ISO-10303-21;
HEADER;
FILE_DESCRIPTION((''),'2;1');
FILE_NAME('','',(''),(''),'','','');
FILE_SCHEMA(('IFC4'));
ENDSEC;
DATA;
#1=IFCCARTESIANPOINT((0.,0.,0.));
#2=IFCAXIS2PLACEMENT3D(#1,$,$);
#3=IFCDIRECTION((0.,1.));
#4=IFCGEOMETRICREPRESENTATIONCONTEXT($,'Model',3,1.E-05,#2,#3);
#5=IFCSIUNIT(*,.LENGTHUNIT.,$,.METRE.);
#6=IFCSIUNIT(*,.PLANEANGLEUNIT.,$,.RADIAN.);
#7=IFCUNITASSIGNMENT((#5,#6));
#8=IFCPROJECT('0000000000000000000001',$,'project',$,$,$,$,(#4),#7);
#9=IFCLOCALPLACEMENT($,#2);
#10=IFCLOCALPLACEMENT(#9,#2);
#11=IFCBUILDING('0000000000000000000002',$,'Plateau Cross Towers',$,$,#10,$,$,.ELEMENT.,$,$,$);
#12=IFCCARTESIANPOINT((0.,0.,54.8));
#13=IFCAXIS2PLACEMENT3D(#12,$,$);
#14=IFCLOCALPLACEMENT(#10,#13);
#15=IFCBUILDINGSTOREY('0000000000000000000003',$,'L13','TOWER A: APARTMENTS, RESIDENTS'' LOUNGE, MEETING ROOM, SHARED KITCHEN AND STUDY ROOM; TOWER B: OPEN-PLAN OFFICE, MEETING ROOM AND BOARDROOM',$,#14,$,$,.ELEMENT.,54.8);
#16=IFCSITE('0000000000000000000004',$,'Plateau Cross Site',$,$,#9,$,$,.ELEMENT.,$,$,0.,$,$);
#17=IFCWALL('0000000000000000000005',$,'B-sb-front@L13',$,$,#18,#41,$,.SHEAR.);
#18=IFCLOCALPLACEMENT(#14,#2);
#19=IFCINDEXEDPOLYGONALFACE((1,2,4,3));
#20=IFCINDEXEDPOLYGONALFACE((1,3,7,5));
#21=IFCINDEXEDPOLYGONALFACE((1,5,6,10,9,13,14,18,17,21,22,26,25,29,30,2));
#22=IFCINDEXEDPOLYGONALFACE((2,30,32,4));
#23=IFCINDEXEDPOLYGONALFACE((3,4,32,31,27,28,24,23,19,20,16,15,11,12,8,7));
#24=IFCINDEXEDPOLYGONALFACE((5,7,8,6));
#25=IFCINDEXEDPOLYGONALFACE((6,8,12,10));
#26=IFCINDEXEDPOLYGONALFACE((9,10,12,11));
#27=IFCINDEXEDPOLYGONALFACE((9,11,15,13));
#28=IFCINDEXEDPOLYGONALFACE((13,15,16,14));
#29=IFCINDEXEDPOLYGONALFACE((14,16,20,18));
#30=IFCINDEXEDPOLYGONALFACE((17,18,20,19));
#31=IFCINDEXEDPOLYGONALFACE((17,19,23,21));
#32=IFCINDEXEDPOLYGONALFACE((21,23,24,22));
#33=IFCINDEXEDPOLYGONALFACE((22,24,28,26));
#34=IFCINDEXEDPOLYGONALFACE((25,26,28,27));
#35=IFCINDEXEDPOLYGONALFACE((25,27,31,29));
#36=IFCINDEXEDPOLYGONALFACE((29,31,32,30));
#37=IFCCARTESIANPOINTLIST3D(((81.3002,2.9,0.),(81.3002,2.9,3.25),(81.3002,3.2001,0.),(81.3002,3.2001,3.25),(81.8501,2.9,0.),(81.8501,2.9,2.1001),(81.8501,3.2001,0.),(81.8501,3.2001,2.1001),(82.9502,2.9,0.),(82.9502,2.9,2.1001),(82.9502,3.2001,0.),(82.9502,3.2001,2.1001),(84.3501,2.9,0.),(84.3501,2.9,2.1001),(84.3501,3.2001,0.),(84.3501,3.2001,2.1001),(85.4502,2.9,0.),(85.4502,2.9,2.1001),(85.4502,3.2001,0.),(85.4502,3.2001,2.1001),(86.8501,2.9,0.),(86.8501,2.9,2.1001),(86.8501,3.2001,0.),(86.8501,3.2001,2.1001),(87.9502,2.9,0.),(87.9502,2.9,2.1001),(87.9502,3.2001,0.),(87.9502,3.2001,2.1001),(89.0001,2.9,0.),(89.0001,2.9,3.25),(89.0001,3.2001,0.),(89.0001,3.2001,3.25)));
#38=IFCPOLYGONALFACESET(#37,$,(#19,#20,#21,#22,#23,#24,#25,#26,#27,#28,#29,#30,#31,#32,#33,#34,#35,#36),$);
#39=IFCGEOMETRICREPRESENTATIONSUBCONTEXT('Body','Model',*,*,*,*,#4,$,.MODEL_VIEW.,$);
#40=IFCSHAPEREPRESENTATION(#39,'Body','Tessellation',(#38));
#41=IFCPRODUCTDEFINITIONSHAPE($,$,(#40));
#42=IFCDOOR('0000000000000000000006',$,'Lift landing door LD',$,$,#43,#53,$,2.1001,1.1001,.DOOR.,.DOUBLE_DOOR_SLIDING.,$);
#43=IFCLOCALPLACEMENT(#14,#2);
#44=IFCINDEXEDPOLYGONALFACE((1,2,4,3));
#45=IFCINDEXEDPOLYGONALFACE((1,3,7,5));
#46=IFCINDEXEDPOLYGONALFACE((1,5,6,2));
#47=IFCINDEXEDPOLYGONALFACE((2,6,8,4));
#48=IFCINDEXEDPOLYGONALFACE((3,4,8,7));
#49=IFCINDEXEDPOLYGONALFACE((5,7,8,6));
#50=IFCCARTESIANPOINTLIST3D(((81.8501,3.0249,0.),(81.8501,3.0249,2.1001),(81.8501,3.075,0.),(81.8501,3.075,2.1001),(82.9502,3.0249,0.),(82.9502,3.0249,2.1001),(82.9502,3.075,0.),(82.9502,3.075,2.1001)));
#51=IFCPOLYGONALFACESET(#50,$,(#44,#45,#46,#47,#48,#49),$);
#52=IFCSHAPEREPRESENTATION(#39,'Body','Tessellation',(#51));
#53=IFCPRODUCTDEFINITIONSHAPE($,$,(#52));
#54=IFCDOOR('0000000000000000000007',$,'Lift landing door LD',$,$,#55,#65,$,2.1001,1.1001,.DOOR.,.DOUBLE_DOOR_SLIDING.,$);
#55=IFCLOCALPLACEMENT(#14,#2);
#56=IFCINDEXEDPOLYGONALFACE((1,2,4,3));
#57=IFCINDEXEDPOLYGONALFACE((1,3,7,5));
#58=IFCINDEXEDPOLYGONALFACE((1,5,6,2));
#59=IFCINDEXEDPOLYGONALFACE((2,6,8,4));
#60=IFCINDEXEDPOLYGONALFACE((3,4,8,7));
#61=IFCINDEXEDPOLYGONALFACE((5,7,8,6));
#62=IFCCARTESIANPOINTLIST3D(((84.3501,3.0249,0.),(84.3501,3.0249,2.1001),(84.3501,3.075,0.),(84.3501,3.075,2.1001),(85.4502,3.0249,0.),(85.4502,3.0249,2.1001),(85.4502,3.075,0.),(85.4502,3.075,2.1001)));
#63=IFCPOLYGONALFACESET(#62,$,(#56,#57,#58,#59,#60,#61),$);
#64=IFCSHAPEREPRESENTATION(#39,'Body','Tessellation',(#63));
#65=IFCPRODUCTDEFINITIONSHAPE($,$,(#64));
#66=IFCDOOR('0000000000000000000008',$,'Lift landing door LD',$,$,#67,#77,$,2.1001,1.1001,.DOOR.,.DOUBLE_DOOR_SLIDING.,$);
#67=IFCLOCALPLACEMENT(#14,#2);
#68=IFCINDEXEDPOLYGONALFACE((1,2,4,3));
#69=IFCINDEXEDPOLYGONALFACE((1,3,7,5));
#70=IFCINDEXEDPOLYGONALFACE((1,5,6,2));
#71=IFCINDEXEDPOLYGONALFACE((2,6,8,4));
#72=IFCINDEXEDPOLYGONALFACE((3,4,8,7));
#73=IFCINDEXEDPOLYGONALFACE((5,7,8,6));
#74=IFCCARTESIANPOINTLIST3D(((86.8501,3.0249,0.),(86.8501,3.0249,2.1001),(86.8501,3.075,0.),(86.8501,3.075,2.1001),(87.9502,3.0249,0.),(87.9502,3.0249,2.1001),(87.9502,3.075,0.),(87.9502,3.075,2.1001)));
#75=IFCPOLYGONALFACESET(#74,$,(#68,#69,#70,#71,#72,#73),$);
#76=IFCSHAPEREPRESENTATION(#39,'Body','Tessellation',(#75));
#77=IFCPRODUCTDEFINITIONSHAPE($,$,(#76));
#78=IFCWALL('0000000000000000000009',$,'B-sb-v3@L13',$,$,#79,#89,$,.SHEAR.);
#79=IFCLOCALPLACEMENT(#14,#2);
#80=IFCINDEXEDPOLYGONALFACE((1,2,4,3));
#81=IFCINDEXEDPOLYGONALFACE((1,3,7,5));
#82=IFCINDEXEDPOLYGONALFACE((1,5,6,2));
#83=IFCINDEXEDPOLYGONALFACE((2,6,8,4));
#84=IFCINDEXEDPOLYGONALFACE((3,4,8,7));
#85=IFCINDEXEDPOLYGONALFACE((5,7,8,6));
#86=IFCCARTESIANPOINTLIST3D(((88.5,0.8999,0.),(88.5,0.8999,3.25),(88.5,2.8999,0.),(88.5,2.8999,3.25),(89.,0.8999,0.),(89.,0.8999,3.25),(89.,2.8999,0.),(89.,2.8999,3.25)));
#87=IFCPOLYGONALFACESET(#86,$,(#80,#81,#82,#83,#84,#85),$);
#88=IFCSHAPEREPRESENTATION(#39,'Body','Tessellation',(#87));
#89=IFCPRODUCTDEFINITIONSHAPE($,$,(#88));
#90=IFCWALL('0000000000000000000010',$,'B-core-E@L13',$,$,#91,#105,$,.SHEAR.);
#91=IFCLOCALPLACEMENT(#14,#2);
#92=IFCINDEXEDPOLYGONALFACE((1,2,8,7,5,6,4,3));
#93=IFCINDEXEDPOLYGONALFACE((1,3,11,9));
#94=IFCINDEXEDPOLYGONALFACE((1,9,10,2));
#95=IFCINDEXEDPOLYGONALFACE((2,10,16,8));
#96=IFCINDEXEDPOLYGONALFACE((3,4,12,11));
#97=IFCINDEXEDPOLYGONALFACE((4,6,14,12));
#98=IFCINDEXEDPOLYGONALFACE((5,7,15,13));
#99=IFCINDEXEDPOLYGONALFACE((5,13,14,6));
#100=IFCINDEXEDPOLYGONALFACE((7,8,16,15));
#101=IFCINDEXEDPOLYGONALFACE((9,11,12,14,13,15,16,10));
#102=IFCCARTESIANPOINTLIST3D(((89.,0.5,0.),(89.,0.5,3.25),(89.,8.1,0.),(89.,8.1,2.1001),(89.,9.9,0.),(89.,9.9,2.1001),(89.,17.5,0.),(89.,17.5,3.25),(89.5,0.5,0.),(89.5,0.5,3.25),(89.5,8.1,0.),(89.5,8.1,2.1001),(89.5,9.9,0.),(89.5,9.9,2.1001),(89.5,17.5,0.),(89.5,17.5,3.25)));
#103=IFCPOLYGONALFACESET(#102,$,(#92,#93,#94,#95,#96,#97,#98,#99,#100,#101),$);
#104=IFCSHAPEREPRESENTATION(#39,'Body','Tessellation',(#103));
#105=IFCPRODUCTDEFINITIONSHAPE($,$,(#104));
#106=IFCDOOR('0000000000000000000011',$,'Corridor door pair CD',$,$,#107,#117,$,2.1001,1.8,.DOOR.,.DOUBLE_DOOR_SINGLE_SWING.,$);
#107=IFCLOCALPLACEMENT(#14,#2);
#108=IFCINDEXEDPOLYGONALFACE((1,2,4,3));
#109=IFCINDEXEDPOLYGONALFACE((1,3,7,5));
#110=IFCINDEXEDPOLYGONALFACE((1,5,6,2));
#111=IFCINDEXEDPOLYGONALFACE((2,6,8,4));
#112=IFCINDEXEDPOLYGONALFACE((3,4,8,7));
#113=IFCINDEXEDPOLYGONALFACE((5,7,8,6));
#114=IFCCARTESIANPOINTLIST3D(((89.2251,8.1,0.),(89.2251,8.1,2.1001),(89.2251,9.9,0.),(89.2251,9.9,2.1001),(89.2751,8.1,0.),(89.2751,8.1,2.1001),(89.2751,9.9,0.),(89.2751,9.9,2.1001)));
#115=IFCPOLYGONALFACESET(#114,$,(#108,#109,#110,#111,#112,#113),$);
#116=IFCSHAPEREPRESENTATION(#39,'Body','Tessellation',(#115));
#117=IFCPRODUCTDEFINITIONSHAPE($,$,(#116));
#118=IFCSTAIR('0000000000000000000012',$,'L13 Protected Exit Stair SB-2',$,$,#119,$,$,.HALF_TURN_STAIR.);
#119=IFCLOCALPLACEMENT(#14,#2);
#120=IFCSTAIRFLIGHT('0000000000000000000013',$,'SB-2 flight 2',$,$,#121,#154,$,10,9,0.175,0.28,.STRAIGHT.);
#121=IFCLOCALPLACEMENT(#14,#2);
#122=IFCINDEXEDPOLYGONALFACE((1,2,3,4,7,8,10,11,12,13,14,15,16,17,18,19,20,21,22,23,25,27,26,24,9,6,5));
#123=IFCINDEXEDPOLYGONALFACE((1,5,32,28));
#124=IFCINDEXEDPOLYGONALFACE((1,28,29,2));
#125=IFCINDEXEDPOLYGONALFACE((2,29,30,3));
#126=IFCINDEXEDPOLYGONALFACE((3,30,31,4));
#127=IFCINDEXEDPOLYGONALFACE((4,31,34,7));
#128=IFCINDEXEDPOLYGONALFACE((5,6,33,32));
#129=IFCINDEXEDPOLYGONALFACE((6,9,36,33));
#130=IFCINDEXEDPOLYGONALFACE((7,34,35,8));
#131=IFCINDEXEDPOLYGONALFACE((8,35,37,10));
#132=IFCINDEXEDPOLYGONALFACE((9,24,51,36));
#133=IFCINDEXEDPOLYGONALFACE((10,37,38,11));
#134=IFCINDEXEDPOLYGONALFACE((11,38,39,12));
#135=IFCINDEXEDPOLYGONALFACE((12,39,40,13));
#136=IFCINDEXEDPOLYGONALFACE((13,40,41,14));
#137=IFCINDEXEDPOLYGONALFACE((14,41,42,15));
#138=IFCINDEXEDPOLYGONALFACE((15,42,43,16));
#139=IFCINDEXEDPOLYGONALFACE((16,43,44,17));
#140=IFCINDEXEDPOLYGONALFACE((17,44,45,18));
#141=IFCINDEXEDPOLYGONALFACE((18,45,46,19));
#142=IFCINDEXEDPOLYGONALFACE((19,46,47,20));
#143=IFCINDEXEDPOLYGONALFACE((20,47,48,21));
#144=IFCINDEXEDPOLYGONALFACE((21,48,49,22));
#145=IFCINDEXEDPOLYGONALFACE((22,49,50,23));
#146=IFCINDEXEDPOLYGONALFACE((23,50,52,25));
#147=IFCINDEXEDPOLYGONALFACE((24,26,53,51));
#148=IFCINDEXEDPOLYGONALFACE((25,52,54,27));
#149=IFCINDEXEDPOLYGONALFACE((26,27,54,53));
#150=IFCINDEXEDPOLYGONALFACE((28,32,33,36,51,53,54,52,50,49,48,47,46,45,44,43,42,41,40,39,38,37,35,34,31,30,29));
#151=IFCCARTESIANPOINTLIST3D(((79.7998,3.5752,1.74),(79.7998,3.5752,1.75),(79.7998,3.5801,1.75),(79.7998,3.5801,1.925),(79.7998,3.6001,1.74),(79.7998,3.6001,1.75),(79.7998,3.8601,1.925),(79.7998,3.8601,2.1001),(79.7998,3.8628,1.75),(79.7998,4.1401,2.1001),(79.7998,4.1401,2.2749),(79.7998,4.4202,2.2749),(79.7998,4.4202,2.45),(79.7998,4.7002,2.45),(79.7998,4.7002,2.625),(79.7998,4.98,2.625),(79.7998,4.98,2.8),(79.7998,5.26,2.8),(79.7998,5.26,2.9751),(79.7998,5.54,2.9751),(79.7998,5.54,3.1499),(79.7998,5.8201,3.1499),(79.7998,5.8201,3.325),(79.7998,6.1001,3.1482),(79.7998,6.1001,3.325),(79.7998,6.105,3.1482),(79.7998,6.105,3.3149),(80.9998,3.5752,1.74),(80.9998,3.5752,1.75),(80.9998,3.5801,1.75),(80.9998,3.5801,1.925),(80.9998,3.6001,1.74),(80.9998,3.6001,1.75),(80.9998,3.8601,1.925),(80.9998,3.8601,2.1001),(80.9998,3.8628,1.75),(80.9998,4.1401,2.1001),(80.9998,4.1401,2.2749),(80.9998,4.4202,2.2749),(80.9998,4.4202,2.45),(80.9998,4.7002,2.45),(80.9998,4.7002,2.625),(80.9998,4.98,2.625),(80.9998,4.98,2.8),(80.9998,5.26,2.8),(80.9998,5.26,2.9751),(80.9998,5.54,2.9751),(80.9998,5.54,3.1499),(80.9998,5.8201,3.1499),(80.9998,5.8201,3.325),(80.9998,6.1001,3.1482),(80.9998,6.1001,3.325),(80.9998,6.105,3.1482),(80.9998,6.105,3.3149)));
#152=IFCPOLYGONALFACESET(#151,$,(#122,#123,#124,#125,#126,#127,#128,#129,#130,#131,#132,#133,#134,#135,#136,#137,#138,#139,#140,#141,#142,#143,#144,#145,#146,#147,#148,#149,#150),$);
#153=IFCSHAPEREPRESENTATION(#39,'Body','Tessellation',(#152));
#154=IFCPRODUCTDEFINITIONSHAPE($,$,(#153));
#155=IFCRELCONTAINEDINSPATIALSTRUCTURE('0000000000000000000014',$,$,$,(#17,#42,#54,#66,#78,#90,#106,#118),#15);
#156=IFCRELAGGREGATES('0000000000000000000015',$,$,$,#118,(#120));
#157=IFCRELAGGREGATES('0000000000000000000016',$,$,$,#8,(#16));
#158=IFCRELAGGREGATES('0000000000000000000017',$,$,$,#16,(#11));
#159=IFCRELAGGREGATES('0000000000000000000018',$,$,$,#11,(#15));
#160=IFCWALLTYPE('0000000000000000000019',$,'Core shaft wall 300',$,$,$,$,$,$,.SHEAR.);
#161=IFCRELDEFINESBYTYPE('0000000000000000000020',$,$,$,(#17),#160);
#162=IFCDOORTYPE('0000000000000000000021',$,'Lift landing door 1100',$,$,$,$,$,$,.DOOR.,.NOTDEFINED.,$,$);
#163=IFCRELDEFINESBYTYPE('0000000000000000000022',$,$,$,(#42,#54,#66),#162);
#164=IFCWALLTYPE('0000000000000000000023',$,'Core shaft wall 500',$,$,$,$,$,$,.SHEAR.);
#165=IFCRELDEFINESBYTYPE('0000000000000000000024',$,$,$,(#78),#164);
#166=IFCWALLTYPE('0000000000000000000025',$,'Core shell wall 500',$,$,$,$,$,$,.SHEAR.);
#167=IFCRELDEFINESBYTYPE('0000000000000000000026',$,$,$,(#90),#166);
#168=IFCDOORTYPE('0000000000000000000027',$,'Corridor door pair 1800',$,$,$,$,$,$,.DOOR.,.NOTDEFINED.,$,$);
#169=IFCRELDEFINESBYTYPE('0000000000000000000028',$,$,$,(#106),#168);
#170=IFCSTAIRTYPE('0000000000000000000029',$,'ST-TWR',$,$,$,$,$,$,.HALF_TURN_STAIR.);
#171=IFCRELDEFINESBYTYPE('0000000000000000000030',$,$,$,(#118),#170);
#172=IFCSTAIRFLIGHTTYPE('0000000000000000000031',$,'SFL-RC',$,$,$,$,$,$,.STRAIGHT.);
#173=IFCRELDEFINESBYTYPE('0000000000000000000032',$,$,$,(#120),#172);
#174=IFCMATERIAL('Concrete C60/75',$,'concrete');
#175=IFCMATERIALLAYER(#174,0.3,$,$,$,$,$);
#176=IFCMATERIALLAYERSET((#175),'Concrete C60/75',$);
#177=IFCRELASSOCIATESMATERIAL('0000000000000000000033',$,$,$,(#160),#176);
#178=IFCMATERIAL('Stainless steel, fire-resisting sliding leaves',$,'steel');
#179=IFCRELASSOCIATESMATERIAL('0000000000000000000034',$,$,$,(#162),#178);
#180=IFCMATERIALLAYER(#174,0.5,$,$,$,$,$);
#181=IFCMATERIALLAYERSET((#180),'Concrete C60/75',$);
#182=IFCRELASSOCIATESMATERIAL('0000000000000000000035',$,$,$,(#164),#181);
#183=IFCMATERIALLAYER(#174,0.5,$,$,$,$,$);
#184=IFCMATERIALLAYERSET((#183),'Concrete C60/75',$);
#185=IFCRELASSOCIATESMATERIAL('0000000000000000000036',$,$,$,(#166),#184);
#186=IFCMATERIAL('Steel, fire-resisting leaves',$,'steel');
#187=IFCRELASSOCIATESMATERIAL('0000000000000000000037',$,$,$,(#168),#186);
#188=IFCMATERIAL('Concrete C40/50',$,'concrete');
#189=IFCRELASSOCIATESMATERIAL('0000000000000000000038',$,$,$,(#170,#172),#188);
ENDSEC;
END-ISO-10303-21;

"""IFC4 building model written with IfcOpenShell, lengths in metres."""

from ifc_helpers import new_model, si_unit, direction, frame, frame_2d, origin, place, context, subcontext, project, spatial, polyline, rectangle, outline, extrude, material, layer, layer_set, type_object, element, fill, aggregate, save


model = new_model("IFC4")

# Units and contexts
model_context = context("Model", 3, precision=1e-05, world=origin(), true_north=direction((0.0, 1.0)))
body_context = subcontext(model_context, "Body", "Model", "MODEL_VIEW")
ifc_project = project(units=[si_unit("LENGTHUNIT", "METRE"), si_unit("PLANEANGLEUNIT", "RADIAN")], contexts=[model_context])

# Site, building, storey
site_placement = place(None, origin())
site = spatial("IfcSite", under=ifc_project, at=site_placement, Name="Plateau Cross Site", CompositionType="ELEMENT", RefElevation=0.0)
building_placement = place(site_placement, origin())
building = spatial("IfcBuilding", under=site, at=building_placement, Name="Plateau Cross Towers", CompositionType="ELEMENT")
storey_placement = place(building_placement, frame((0.0, 0.0, 54.8)))
storey = spatial("IfcBuildingStorey", under=building, at=storey_placement, Name="L13", Description="TOWER A: APARTMENTS, RESIDENTS' LOUNGE, MEETING ROOM, SHARED KITCHEN AND STUDY ROOM; TOWER B: OPEN-PLAN OFFICE, MEETING ROOM AND BOARDROOM", CompositionType="ELEMENT", Elevation=54.8)

# Shared definitions
ifc_material_1 = material(Name="Concrete C60/75", Category="concrete")

# Shared definitions
ifc_layer_1 = layer(ifc_material_1, 0.3)
ifc_layer_set_1 = layer_set([ifc_layer_1], Name="Concrete C60/75")
wall_type_1 = type_object("IfcWallType", Name="Core shaft wall 300", PredefinedType="SHEAR", material=ifc_layer_set_1)

# Wall, openings, doors
wall_1_placement = place(storey_placement, frame((81.3, 3.05, 0.0), z_axis=(0.0, 0.0, 1.0), x_axis=(1.0, 0.0, 0.0)))
wall_1 = element("IfcWall", 1, at=wall_1_placement, inside=storey, type_object=wall_type_1, Name="B-sb-front@L13", PredefinedType="SHEAR", context=body_context, shape_type="SweptSolid", body=[
    extrude(rectangle(XDim=7.7, YDim=0.3, at=frame_2d((3.8501, 0.0))), origin(), (0.0, 0.0, 1.0), 3.25),
])
opening_1_placement = place(wall_1_placement, frame((0.55, 0.0, 0.0)))
opening_1 = element("IfcOpeningElement", 2, at=opening_1_placement, cuts=wall_1, PredefinedType="OPENING", context=body_context, shape_type="SweptSolid", body=[
    extrude(rectangle(XDim=1.1001, YDim=2.1001, at=frame_2d((0.55, 1.05))), frame((0.0, 0.1599, 0.0), z_axis=(0.0, -1.0, 0.0), x_axis=(1.0, 0.0, 0.0)), (0.0, 0.0, 1.0), 0.3201),
])
opening_2_placement = place(wall_1_placement, frame((3.05, 0.0, 0.0)))
opening_2 = element("IfcOpeningElement", 3, at=opening_2_placement, cuts=wall_1, PredefinedType="OPENING", context=body_context, shape_type="SweptSolid", body=[
    extrude(rectangle(XDim=1.1001, YDim=2.1001, at=frame_2d((0.55, 1.05))), frame((0.0, 0.1599, 0.0), z_axis=(0.0, -1.0, 0.0), x_axis=(1.0, 0.0, 0.0)), (0.0, 0.0, 1.0), 0.3201),
])
opening_3_placement = place(wall_1_placement, frame((5.55, 0.0, 0.0)))
opening_3 = element("IfcOpeningElement", 4, at=opening_3_placement, cuts=wall_1, PredefinedType="OPENING", context=body_context, shape_type="SweptSolid", body=[
    extrude(rectangle(XDim=1.1001, YDim=2.1001, at=frame_2d((0.55, 1.05))), frame((0.0, 0.1599, 0.0), z_axis=(0.0, -1.0, 0.0), x_axis=(1.0, 0.0, 0.0)), (0.0, 0.0, 1.0), 0.3201),
])
ifc_material_2 = material(Name="Stainless steel, fire-resisting sliding leaves", Category="steel")
door_type_1 = type_object("IfcDoorType", Name="Lift landing door 1100", OperationType="NOTDEFINED", PredefinedType="DOOR", material=ifc_material_2)
door_1_placement = place(opening_1_placement, origin())
door_1 = element("IfcDoor", 5, at=door_1_placement, inside=storey, type_object=door_type_1, Name="Lift landing door LD", OperationType="DOUBLE_DOOR_SLIDING", OverallHeight=2.1001, OverallWidth=1.1001, PredefinedType="DOOR", context=body_context, shape_type="SweptSolid", body=[
    extrude(rectangle(XDim=1.1001, YDim=2.1001, at=frame_2d((0.55, 1.05))), frame((0.0, 0.0249, 0.0), z_axis=(0.0, -1.0, 0.0), x_axis=(1.0, 0.0, 0.0)), (0.0, 0.0, 1.0), 0.05),
])
fill(opening_1, door_1)
door_2_placement = place(opening_2_placement, origin())
door_2 = element("IfcDoor", 6, at=door_2_placement, inside=storey, type_object=door_type_1, Name="Lift landing door LD", OperationType="DOUBLE_DOOR_SLIDING", OverallHeight=2.1001, OverallWidth=1.1001, PredefinedType="DOOR", context=body_context, shape_type="SweptSolid", body=[
    extrude(rectangle(XDim=1.1001, YDim=2.1001, at=frame_2d((0.55, 1.05))), frame((0.0, 0.0249, 0.0), z_axis=(0.0, -1.0, 0.0), x_axis=(1.0, 0.0, 0.0)), (0.0, 0.0, 1.0), 0.05),
])
fill(opening_2, door_2)
door_3_placement = place(opening_3_placement, origin())
door_3 = element("IfcDoor", 7, at=door_3_placement, inside=storey, type_object=door_type_1, Name="Lift landing door LD", OperationType="DOUBLE_DOOR_SLIDING", OverallHeight=2.1001, OverallWidth=1.1001, PredefinedType="DOOR", context=body_context, shape_type="SweptSolid", body=[
    extrude(rectangle(XDim=1.1001, YDim=2.1001, at=frame_2d((0.55, 1.05))), frame((0.0, 0.0249, 0.0), z_axis=(0.0, -1.0, 0.0), x_axis=(1.0, 0.0, 0.0)), (0.0, 0.0, 1.0), 0.05),
])
fill(opening_3, door_3)

# Wall
ifc_layer_2 = layer(ifc_material_1, 0.5)
ifc_layer_set_2 = layer_set([ifc_layer_2], Name="Concrete C60/75")
wall_type_2 = type_object("IfcWallType", Name="Core shaft wall 500", PredefinedType="SHEAR", material=ifc_layer_set_2)
wall_2_placement = place(storey_placement, frame((88.75, 0.8999, 0.0), z_axis=(0.0, 0.0, 1.0), x_axis=(0.0, 1.0, 0.0)))
element("IfcWall", 8, at=wall_2_placement, inside=storey, type_object=wall_type_2, Name="B-sb-v3@L13", PredefinedType="SHEAR", context=body_context, shape_type="SweptSolid", body=[
    extrude(rectangle(XDim=2.0, YDim=0.5, at=frame_2d((1.0, 0.0))), origin(), (0.0, 0.0, 1.0), 3.25),
])

# Wall, opening, door
ifc_layer_3 = layer(ifc_material_1, 0.5)
ifc_layer_set_3 = layer_set([ifc_layer_3], Name="Concrete C60/75")
wall_type_3 = type_object("IfcWallType", Name="Core shell wall 500", PredefinedType="SHEAR", material=ifc_layer_set_3)
wall_3_placement = place(storey_placement, frame((89.25, 0.5, 0.0), z_axis=(0.0, 0.0, 1.0), x_axis=(0.0, 1.0, 0.0)))
wall_3 = element("IfcWall", 9, at=wall_3_placement, inside=storey, type_object=wall_type_3, Name="B-core-E@L13", PredefinedType="SHEAR", context=body_context, shape_type="SweptSolid", body=[
    extrude(rectangle(XDim=17.0, YDim=0.5, at=frame_2d((8.5, 0.0))), origin(), (0.0, 0.0, 1.0), 3.25),
])
opening_4_placement = place(wall_3_placement, frame((7.6001, 0.0, 0.0)))
opening_4 = element("IfcOpeningElement", 10, at=opening_4_placement, cuts=wall_3, PredefinedType="OPENING", context=body_context, shape_type="SweptSolid", body=[
    extrude(rectangle(XDim=1.8, YDim=2.1001, at=frame_2d((0.8999, 1.05))), frame((0.0, 0.26, 0.0), z_axis=(0.0, -1.0, 0.0), x_axis=(1.0, 0.0, 0.0)), (0.0, 0.0, 1.0), 0.52),
])
ifc_material_3 = material(Name="Steel, fire-resisting leaves", Category="steel")
door_type_2 = type_object("IfcDoorType", Name="Corridor door pair 1800", OperationType="NOTDEFINED", PredefinedType="DOOR", material=ifc_material_3)
door_4_placement = place(opening_4_placement, origin())
door_4 = element("IfcDoor", 11, at=door_4_placement, inside=storey, type_object=door_type_2, Name="Corridor door pair CD", OperationType="DOUBLE_DOOR_SINGLE_SWING", OverallHeight=2.1001, OverallWidth=1.8, PredefinedType="DOOR", context=body_context, shape_type="SweptSolid", body=[
    extrude(rectangle(XDim=1.8, YDim=2.1001, at=frame_2d((0.8999, 1.05))), frame((0.0, 0.0249, 0.0), z_axis=(0.0, -1.0, 0.0), x_axis=(1.0, 0.0, 0.0)), (0.0, 0.0, 1.0), 0.05),
])
fill(opening_4, door_4)

# Stair, stair flight
ifc_material_4 = material(Name="Concrete C40/50", Category="concrete")
stair_type = type_object("IfcStairType", Name="ST-TWR", PredefinedType="HALF_TURN_STAIR", material=ifc_material_4)
stair_placement = place(storey_placement, origin())
stair = element("IfcStair", 12, at=stair_placement, inside=storey, type_object=stair_type, Name="L13 Protected Exit Stair SB-2", PredefinedType="HALF_TURN_STAIR")
stair_flight_type = type_object("IfcStairFlightType", Name="SFL-RC", PredefinedType="STRAIGHT", material=ifc_material_4)
stair_flight_placement = place(storey_placement, frame((80.3999, 3.5801, 1.75), z_axis=(0.0, 0.0, 1.0), x_axis=(0.0, 1.0, 0.0)))
stair_flight = element("IfcStairFlight", 13, at=stair_flight_placement, type_object=stair_flight_type, Name="SB-2 flight 2", NumberOfRisers=10, NumberOfTreads=9, PredefinedType="STRAIGHT", RiserHeight=0.175, TreadLength=0.28, context=body_context, shape_type="SweptSolid", body=[
    extrude(outline(polyline([(-0.0049, -0.01), (-0.0049, 0.0), (0.0, 0.0), (0.0, 0.175), (0.28, 0.175), (0.28, 0.3501), (0.5601, 0.3501), (0.5601, 0.5249), (0.8401, 0.5249), (0.8401, 0.7), (1.1201, 0.7), (1.1201, 0.875), (1.3999, 0.875), (1.3999, 1.05), (1.6799, 1.05), (1.6799, 1.2251), (1.96, 1.2251), (1.96, 1.3999), (2.24, 1.3999), (2.24, 1.575), (2.52, 1.575), (2.5249, 1.5649), (2.5249, 1.3982), (2.52, 1.3982), (0.2827, 0.0), (0.02, 0.0), (0.02, -0.01), (-0.0049, -0.01)])), frame((0.0, 0.6001, 0.0), z_axis=(0.0, -1.0, 0.0), x_axis=(1.0, 0.0, 0.0)), (0.0, 0.0, 1.0), 1.2),
])
aggregate(stair, [stair_flight])

save(model, "model.ifc")
